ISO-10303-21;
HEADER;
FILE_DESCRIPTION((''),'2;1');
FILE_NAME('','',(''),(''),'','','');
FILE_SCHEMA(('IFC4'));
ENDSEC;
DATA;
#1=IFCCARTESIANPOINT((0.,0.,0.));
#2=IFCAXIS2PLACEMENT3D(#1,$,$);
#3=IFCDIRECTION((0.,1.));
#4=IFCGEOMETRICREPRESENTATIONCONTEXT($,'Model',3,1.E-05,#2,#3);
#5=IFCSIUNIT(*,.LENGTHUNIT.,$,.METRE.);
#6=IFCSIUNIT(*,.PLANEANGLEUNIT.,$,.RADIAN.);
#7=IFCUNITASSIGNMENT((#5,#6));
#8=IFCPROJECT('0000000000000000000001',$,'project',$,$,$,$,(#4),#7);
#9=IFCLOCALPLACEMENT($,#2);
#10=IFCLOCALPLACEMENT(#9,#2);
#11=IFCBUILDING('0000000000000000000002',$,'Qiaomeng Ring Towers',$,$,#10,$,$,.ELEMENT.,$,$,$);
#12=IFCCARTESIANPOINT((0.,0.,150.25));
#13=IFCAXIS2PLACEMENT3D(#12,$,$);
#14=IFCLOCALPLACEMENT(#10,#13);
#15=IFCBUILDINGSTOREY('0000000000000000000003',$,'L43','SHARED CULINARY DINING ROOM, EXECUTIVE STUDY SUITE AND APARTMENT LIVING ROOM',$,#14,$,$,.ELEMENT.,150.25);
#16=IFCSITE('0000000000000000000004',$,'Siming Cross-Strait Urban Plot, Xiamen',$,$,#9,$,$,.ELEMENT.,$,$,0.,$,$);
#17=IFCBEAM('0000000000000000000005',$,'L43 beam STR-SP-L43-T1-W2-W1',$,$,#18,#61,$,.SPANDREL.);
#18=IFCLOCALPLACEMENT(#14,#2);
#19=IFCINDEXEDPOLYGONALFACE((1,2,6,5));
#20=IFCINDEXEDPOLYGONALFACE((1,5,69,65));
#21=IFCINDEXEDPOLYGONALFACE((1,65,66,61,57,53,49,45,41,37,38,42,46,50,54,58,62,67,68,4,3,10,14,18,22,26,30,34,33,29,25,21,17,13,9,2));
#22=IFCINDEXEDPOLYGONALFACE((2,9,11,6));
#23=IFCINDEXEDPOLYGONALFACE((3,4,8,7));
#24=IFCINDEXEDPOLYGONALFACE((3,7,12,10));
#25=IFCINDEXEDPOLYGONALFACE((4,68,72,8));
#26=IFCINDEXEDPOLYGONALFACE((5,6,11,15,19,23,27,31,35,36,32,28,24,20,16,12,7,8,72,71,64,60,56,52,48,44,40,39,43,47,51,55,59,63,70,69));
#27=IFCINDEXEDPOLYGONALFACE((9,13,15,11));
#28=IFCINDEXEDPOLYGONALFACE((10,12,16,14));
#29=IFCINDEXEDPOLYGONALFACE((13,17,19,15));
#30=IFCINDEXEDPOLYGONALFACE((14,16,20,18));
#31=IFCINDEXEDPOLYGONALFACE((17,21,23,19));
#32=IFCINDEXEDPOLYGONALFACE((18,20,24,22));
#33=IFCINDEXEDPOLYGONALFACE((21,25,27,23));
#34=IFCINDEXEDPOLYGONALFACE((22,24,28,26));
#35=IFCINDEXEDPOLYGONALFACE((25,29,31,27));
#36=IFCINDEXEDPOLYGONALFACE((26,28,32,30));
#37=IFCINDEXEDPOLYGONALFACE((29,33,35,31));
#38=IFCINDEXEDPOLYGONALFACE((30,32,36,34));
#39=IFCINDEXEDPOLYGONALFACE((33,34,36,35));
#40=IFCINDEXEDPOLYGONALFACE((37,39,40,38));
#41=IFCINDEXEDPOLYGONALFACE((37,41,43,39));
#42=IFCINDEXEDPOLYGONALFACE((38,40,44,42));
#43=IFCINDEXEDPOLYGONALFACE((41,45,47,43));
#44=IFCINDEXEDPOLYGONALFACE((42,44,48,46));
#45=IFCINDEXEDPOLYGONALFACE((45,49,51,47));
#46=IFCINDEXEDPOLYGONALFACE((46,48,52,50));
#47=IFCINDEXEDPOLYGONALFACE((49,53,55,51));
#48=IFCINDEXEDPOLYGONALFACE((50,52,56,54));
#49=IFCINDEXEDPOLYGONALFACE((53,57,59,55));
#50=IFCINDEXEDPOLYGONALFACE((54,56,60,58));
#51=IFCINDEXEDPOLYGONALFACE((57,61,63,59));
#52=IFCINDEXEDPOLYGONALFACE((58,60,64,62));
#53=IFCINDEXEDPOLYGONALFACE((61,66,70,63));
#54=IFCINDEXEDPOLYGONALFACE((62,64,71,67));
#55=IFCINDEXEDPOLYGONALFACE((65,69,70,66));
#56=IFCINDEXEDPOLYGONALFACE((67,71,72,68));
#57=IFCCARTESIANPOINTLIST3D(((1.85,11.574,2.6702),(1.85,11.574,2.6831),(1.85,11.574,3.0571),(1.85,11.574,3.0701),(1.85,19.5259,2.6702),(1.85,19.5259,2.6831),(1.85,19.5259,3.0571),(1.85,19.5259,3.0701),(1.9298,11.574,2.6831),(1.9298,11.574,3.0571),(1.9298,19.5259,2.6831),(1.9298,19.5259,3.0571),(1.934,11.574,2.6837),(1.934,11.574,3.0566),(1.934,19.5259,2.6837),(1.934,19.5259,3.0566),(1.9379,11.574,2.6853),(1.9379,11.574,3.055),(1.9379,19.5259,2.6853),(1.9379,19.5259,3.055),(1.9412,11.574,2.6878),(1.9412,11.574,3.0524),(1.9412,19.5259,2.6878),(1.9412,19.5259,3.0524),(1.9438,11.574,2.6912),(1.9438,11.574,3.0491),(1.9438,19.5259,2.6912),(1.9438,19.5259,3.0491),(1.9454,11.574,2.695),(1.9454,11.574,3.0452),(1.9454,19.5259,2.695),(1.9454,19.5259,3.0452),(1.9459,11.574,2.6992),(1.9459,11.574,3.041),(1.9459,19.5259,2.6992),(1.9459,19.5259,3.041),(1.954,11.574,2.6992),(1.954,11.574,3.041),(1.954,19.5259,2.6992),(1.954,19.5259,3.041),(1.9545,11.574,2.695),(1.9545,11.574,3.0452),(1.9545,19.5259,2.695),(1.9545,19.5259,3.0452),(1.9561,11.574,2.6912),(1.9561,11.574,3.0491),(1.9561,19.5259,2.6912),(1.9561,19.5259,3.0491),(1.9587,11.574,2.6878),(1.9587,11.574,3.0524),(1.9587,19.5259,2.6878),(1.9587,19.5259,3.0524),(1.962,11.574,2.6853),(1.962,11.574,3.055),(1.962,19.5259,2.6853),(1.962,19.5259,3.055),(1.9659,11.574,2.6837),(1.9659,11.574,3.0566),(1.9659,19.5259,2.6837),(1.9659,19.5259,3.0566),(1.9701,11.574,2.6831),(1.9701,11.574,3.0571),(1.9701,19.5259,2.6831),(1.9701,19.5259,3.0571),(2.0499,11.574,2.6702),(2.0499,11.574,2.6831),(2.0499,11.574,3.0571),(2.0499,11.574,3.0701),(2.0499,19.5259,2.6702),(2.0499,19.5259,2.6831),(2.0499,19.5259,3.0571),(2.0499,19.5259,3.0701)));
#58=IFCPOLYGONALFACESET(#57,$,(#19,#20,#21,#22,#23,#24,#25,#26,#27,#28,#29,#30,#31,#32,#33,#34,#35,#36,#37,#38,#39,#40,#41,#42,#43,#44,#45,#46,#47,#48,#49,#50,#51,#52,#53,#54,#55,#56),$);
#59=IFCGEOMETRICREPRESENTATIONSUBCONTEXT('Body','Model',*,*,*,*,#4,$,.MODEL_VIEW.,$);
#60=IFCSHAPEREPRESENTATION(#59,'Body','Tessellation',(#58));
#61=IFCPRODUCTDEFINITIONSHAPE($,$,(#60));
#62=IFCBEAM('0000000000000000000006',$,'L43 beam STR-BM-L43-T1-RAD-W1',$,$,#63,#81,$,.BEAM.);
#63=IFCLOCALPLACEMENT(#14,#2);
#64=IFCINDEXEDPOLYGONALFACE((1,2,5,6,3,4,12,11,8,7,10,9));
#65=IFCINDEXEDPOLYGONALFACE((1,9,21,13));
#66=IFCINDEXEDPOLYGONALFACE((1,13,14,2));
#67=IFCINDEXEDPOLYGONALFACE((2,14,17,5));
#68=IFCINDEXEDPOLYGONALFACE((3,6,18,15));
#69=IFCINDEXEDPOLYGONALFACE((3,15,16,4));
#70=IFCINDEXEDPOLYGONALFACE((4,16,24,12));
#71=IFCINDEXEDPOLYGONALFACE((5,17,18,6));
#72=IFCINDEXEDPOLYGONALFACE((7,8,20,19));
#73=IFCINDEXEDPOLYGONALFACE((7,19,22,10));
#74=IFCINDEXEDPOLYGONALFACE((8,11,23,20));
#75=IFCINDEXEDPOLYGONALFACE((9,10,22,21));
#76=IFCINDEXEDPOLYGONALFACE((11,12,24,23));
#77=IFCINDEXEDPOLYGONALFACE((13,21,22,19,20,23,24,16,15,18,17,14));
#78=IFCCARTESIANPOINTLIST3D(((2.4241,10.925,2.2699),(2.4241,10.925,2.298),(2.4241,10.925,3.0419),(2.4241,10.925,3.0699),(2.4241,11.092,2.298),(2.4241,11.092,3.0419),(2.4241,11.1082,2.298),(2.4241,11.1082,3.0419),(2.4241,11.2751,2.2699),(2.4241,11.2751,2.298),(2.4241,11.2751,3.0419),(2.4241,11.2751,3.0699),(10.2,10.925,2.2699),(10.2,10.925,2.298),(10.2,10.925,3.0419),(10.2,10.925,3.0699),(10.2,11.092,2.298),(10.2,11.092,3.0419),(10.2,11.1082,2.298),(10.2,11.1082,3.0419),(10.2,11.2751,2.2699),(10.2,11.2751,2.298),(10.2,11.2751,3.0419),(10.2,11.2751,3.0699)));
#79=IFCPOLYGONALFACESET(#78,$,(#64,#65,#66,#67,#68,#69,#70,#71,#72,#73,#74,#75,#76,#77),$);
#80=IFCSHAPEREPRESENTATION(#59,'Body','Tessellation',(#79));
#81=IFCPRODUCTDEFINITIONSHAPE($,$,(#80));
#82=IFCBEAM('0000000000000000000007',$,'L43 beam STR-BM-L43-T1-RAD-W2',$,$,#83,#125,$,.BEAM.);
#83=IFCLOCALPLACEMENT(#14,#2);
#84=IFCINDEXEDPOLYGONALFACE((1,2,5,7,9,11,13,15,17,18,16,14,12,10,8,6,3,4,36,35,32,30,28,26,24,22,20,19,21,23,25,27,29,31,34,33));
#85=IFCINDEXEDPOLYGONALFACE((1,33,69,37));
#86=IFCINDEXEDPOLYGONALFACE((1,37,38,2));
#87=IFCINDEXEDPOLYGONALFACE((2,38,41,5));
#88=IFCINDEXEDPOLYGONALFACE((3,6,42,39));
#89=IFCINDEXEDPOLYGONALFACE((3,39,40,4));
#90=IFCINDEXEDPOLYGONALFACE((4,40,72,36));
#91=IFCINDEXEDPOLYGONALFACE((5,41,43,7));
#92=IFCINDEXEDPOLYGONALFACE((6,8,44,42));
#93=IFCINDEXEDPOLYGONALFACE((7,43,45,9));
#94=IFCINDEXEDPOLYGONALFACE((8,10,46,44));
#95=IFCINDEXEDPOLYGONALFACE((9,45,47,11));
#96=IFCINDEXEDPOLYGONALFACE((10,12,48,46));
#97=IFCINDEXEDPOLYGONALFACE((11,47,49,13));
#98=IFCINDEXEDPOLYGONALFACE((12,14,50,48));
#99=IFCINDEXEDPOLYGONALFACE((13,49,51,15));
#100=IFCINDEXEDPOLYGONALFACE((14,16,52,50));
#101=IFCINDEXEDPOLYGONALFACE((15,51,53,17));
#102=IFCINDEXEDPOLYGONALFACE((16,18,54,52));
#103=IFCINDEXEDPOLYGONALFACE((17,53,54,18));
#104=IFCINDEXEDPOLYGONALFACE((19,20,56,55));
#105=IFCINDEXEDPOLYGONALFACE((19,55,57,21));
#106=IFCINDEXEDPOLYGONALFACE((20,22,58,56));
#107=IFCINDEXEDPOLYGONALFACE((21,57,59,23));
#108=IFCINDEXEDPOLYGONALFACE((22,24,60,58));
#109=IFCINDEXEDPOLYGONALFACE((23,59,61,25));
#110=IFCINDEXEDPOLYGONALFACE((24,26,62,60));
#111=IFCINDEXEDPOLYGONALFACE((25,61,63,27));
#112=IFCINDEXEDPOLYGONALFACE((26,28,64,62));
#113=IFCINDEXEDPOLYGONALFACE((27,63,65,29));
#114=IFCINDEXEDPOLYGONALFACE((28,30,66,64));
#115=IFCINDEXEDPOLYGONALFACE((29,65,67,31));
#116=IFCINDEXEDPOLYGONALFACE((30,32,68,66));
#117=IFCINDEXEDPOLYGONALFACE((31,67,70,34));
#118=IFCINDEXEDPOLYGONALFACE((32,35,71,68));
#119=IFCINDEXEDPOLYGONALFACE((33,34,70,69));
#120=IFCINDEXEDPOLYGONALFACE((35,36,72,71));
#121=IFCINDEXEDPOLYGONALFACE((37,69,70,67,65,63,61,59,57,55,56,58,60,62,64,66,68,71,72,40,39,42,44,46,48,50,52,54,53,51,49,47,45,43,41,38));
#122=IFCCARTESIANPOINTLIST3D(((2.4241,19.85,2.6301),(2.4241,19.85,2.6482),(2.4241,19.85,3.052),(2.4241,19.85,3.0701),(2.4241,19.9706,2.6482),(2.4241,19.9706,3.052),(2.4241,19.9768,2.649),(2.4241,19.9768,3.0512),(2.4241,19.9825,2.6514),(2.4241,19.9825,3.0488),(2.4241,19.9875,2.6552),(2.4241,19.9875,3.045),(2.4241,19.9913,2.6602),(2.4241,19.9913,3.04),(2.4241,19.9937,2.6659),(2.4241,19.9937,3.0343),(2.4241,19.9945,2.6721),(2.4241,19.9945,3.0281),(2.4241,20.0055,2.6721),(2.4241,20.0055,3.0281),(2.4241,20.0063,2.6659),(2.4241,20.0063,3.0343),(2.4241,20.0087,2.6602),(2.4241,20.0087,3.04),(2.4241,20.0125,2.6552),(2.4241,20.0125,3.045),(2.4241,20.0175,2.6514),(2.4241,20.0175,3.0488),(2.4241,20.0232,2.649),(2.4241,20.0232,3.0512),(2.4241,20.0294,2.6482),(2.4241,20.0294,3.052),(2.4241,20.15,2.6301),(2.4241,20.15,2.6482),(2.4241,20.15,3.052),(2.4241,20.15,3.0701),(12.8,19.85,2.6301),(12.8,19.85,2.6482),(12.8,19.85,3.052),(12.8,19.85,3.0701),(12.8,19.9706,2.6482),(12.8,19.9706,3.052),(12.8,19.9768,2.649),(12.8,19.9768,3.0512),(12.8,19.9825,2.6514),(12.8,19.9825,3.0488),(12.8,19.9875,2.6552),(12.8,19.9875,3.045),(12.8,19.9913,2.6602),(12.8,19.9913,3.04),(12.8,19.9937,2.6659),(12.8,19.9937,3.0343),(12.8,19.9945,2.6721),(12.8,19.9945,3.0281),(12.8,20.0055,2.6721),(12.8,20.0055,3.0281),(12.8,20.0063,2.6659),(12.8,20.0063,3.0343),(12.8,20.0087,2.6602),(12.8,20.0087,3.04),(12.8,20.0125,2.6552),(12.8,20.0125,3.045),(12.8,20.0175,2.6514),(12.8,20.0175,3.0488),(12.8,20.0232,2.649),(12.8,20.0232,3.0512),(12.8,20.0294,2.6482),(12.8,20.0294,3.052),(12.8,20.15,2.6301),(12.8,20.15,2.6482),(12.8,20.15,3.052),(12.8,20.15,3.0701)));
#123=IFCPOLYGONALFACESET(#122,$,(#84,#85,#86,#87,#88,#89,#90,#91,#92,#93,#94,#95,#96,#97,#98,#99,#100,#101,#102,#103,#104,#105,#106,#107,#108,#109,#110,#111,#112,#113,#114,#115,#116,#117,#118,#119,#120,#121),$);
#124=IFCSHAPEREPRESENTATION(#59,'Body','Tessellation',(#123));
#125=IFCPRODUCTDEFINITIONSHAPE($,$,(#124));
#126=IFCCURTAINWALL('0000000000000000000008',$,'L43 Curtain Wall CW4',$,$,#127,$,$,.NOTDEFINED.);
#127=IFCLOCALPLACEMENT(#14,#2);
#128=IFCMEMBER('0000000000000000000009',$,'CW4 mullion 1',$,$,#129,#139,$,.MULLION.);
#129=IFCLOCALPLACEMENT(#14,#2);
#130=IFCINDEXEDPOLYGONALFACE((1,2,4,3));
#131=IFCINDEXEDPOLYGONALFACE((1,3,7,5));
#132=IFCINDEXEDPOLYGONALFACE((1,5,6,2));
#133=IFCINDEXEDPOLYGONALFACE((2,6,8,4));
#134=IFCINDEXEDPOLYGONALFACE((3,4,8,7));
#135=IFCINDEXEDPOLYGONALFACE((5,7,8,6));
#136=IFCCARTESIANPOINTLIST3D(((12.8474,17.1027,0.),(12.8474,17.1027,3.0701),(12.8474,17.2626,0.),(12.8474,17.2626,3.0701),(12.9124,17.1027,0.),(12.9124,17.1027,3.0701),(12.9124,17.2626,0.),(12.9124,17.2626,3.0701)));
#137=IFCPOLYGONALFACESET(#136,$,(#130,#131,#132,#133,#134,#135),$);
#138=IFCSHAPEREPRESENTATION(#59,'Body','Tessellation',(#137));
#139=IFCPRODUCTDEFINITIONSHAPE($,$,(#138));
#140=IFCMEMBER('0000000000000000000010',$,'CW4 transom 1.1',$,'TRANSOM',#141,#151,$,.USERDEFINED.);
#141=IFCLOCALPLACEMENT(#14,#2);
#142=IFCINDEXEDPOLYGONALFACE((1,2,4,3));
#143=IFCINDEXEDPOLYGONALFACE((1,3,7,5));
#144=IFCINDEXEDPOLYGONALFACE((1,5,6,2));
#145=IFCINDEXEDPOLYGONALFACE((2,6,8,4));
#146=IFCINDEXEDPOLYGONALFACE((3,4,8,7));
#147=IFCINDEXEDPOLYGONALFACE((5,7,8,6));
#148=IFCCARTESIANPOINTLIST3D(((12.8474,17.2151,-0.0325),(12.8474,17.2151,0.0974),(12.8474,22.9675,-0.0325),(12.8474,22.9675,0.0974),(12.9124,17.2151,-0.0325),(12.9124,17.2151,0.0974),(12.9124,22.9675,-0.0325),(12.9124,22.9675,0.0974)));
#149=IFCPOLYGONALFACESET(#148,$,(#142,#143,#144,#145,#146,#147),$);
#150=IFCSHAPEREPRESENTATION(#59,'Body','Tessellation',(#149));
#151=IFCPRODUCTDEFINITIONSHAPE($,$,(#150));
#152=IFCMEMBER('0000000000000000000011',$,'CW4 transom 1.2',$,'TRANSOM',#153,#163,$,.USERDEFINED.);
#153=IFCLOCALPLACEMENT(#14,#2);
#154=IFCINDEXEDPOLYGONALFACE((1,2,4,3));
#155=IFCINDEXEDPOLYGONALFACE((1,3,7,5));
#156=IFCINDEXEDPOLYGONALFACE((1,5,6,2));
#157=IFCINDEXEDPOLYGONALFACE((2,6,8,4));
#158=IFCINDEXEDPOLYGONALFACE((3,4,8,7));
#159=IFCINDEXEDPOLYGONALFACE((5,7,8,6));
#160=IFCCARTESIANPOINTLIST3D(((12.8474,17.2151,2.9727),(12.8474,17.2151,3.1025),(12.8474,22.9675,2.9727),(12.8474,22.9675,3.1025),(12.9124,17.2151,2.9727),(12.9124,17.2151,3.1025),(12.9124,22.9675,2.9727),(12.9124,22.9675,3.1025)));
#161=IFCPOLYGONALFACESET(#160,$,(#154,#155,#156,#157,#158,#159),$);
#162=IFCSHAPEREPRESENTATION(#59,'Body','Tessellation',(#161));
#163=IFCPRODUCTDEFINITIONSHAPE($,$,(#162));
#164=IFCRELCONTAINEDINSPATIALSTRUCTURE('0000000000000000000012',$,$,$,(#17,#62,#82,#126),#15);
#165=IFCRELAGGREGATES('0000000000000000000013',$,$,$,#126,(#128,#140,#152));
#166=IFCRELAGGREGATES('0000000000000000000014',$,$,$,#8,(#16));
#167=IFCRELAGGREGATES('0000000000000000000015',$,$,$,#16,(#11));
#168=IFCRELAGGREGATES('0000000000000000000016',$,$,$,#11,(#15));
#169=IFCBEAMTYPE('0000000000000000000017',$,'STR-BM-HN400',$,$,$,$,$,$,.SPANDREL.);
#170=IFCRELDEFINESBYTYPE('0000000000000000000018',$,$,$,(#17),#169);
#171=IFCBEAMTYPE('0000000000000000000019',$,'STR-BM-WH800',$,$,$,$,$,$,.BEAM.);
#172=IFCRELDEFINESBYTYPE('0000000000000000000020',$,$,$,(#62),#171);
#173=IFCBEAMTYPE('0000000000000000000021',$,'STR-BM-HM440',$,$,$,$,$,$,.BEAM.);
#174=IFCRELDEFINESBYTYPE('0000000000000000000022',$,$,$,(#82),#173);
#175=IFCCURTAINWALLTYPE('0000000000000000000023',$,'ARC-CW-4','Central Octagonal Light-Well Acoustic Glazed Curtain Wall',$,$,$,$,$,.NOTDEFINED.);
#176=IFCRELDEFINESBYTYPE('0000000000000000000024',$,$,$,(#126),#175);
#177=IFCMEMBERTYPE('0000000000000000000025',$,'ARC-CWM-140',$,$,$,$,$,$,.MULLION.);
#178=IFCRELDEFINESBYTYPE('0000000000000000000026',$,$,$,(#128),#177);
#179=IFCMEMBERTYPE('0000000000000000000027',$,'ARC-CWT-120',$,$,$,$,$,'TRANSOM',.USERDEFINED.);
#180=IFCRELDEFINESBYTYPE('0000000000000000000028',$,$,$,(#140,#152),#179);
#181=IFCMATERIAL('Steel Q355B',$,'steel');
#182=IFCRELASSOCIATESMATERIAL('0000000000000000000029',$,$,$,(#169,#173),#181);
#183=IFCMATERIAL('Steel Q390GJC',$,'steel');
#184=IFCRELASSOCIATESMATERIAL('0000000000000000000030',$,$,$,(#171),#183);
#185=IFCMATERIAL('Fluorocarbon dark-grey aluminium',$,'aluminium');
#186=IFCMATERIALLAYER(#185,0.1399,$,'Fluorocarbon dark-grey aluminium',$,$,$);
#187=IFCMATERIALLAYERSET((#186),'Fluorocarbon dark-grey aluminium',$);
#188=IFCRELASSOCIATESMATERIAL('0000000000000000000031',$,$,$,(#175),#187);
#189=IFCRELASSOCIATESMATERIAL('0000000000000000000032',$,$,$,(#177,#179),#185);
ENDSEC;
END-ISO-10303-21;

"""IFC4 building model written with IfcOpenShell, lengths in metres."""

from ifc_helpers import new_model, si_unit, direction, frame, origin, origin_2d, place, context, subcontext, project, spatial, rectangle, i_section, extrude, source, transform, mapped, material, layer, layer_set, material_profile, profile_set, type_object, element, aggregate, save


model = new_model("IFC4")

# Units and contexts
model_context = context("Model", 3, precision=1e-05, world=origin(), true_north=direction((0.0, 1.0)))
body_context = subcontext(model_context, "Body", "Model", "MODEL_VIEW")
ifc_project = project(units=[si_unit("LENGTHUNIT", "METRE"), si_unit("PLANEANGLEUNIT", "RADIAN")], contexts=[model_context])

# Site, building, storey
site_placement = place(None, origin())
site = spatial("IfcSite", under=ifc_project, at=site_placement, Name="Siming Cross-Strait Urban Plot, Xiamen", CompositionType="ELEMENT", RefElevation=0.0)
building_placement = place(site_placement, origin())
building = spatial("IfcBuilding", under=site, at=building_placement, Name="Qiaomeng Ring Towers", CompositionType="ELEMENT")
storey_placement = place(building_placement, frame((0.0, 0.0, 150.25)))
storey = spatial("IfcBuildingStorey", under=building, at=storey_placement, Name="L43", Description="SHARED CULINARY DINING ROOM, EXECUTIVE STUDY SUITE AND APARTMENT LIVING ROOM", CompositionType="ELEMENT", Elevation=150.25)

# Beams
ifc_material_1 = material(Name="Steel Q355B", Category="steel")
ifc_material_profile_1 = material_profile(ifc_material_1, i_section(OverallWidth=0.2, OverallDepth=0.3999, WebThickness=0.0081, FlangeThickness=0.0129, FilletRadius=0.0161, at=origin_2d()), Name="HN 400x200x8x13")
ifc_profile_set_1 = profile_set([ifc_material_profile_1], Name="Steel Q355B")
beam_type_1 = type_object("IfcBeamType", Name="STR-BM-HN400", PredefinedType="SPANDREL", material=ifc_profile_set_1)
shared_shape_1 = source(origin(), body_context, "Body", "SweptSolid", [
    extrude(i_section(OverallWidth=0.2, OverallDepth=0.3999, WebThickness=0.0081, FlangeThickness=0.0129, FilletRadius=0.0161, at=origin_2d()), origin(), (0.0, 0.0, 1.0), 7.9519),
])
beam_1_placement = place(storey_placement, frame((1.95, 19.5259, 2.8701), z_axis=(0.0, -1.0, 0.0), x_axis=(1.0, 0.0, 0.0)))
element("IfcBeam", 1, at=beam_1_placement, inside=storey, type_object=beam_type_1, Name="L43 beam STR-SP-L43-T1-W2-W1", PredefinedType="SPANDREL", context=body_context, shape_type="MappedRepresentation", body=[
    mapped(shared_shape_1, transform((0.0, 0.0, 0.0), x_axis=(1.0, 0.0, 0.0), y_axis=(0.0, 1.0, 0.0), z_axis=(0.0, 0.0, 1.0), scale=1.0)),
])
ifc_material_2 = material(Name="Steel Q390GJC", Category="steel")
ifc_material_profile_2 = material_profile(ifc_material_2, i_section(OverallWidth=0.3501, OverallDepth=0.8, WebThickness=0.0161, FlangeThickness=0.0281, at=origin_2d()), Name="WH 800x350x16x28")
ifc_profile_set_2 = profile_set([ifc_material_profile_2], Name="Steel Q390GJC")
beam_type_2 = type_object("IfcBeamType", Name="STR-BM-WH800", PredefinedType="BEAM", material=ifc_profile_set_2)
shared_shape_2 = source(origin(), body_context, "Body", "SweptSolid", [
    extrude(i_section(OverallWidth=0.3501, OverallDepth=0.8, WebThickness=0.0161, FlangeThickness=0.0281, at=origin_2d()), origin(), (0.0, 0.0, 1.0), 7.7759),
])
beam_2_placement = place(storey_placement, frame((2.4241, 11.1001, 2.6699), z_axis=(1.0, 0.0, 0.0), x_axis=(0.0, 1.0, 0.0)))
element("IfcBeam", 2, at=beam_2_placement, inside=storey, type_object=beam_type_2, Name="L43 beam STR-BM-L43-T1-RAD-W1", PredefinedType="BEAM", context=body_context, shape_type="MappedRepresentation", body=[
    mapped(shared_shape_2, transform((0.0, 0.0, 0.0), x_axis=(1.0, 0.0, 0.0), y_axis=(0.0, 1.0, 0.0), z_axis=(0.0, 0.0, 1.0), scale=1.0)),
])
ifc_material_profile_3 = material_profile(ifc_material_1, i_section(OverallWidth=0.3, OverallDepth=0.4399, WebThickness=0.011, FlangeThickness=0.0181, FilletRadius=0.0239, at=origin_2d()), Name="HM 440x300x11x18")
ifc_profile_set_3 = profile_set([ifc_material_profile_3], Name="Steel Q355B")
beam_type_3 = type_object("IfcBeamType", Name="STR-BM-HM440", PredefinedType="BEAM", material=ifc_profile_set_3)
shared_shape_3 = source(origin(), body_context, "Body", "SweptSolid", [
    extrude(i_section(OverallWidth=0.3, OverallDepth=0.4399, WebThickness=0.011, FlangeThickness=0.0181, FilletRadius=0.0239, at=origin_2d()), origin(), (0.0, 0.0, 1.0), 10.376),
])
beam_3_placement = place(storey_placement, frame((2.4241, 20.0, 2.8501), z_axis=(1.0, 0.0, 0.0), x_axis=(0.0, 1.0, 0.0)))
element("IfcBeam", 3, at=beam_3_placement, inside=storey, type_object=beam_type_3, Name="L43 beam STR-BM-L43-T1-RAD-W2", PredefinedType="BEAM", context=body_context, shape_type="MappedRepresentation", body=[
    mapped(shared_shape_3, transform((0.0, 0.0, 0.0), x_axis=(1.0, 0.0, 0.0), y_axis=(0.0, 1.0, 0.0), z_axis=(0.0, 0.0, 1.0), scale=1.0)),
])

# Curtain wall, members
ifc_material_3 = material(Name="Fluorocarbon dark-grey aluminium", Category="aluminium")
ifc_layer_1 = layer(ifc_material_3, 0.1399, Name="Fluorocarbon dark-grey aluminium")
ifc_layer_set_1 = layer_set([ifc_layer_1], Name="Fluorocarbon dark-grey aluminium")
curtain_wall_type = type_object("IfcCurtainWallType", Name="ARC-CW-4", Description="Central Octagonal Light-Well Acoustic Glazed Curtain Wall", PredefinedType="NOTDEFINED", material=ifc_layer_set_1)
curtain_wall_placement = place(storey_placement, origin())
curtain_wall = element("IfcCurtainWall", 4, at=curtain_wall_placement, inside=storey, type_object=curtain_wall_type, Name="L43 Curtain Wall CW4", PredefinedType="NOTDEFINED")
ifc_material_profile_4 = material_profile(ifc_material_3, rectangle(XDim=0.0649, YDim=0.1599, at=origin_2d()), Name="ALU MULL 65x160")
ifc_profile_set_4 = profile_set([ifc_material_profile_4], Name="Fluorocarbon dark-grey aluminium")
member_type_1 = type_object("IfcMemberType", Name="ARC-CWM-140", PredefinedType="MULLION", material=ifc_profile_set_4)
shared_shape_4 = source(origin(), body_context, "Body", "SweptSolid", [
    extrude(rectangle(XDim=0.0649, YDim=0.1599, at=origin_2d()), origin(), (0.0, 0.0, 1.0), 3.0701),
])
member_1_placement = place(storey_placement, frame((12.8799, 17.1826, 0.0), z_axis=(0.0, 0.0, 1.0), x_axis=(-1.0, 0.0, 0.0)))
member_1 = element("IfcMember", 5, at=member_1_placement, type_object=member_type_1, Name="CW4 mullion 1", PredefinedType="MULLION", context=body_context, shape_type="MappedRepresentation", body=[
    mapped(shared_shape_4, transform((0.0, 0.0, 0.0), x_axis=(1.0, 0.0, 0.0), y_axis=(0.0, 1.0, 0.0), z_axis=(0.0, 0.0, 1.0), scale=1.0)),
])
ifc_material_profile_5 = material_profile(ifc_material_3, rectangle(XDim=0.0649, YDim=0.1299, at=origin_2d()), Name="ALU TRAN 65x130")
ifc_profile_set_5 = profile_set([ifc_material_profile_5], Name="Fluorocarbon dark-grey aluminium")
member_type_2 = type_object("IfcMemberType", Name="ARC-CWT-120", ElementType="TRANSOM", PredefinedType="USERDEFINED", material=ifc_profile_set_5)
shared_shape_5 = source(origin(), body_context, "Body", "SweptSolid", [
    extrude(rectangle(XDim=0.0649, YDim=0.1299, at=origin_2d()), origin(), (0.0, 0.0, 1.0), 5.7524),
])
member_2_placement = place(storey_placement, frame((12.8799, 17.2151, 0.0325), z_axis=(0.0, 1.0, 0.0), x_axis=(-1.0, 0.0, 0.0)))
member_2 = element("IfcMember", 6, at=member_2_placement, type_object=member_type_2, Name="CW4 transom 1.1", ObjectType="TRANSOM", PredefinedType="USERDEFINED", context=body_context, shape_type="MappedRepresentation", body=[
    mapped(shared_shape_5, transform((0.0, 0.0, 0.0), x_axis=(1.0, 0.0, 0.0), y_axis=(0.0, 1.0, 0.0), z_axis=(0.0, 0.0, 1.0), scale=1.0)),
])
member_3_placement = place(storey_placement, frame((12.8799, 17.2151, 3.0376), z_axis=(0.0, 1.0, 0.0), x_axis=(-1.0, 0.0, 0.0)))
member_3 = element("IfcMember", 7, at=member_3_placement, type_object=member_type_2, Name="CW4 transom 1.2", ObjectType="TRANSOM", PredefinedType="USERDEFINED", context=body_context, shape_type="MappedRepresentation", body=[
    mapped(shared_shape_5, transform((0.0, 0.0, 0.0), x_axis=(1.0, 0.0, 0.0), y_axis=(0.0, 1.0, 0.0), z_axis=(0.0, 0.0, 1.0), scale=1.0)),
])
aggregate(curtain_wall, [member_1, member_2, member_3])

save(model, "model.ifc")
